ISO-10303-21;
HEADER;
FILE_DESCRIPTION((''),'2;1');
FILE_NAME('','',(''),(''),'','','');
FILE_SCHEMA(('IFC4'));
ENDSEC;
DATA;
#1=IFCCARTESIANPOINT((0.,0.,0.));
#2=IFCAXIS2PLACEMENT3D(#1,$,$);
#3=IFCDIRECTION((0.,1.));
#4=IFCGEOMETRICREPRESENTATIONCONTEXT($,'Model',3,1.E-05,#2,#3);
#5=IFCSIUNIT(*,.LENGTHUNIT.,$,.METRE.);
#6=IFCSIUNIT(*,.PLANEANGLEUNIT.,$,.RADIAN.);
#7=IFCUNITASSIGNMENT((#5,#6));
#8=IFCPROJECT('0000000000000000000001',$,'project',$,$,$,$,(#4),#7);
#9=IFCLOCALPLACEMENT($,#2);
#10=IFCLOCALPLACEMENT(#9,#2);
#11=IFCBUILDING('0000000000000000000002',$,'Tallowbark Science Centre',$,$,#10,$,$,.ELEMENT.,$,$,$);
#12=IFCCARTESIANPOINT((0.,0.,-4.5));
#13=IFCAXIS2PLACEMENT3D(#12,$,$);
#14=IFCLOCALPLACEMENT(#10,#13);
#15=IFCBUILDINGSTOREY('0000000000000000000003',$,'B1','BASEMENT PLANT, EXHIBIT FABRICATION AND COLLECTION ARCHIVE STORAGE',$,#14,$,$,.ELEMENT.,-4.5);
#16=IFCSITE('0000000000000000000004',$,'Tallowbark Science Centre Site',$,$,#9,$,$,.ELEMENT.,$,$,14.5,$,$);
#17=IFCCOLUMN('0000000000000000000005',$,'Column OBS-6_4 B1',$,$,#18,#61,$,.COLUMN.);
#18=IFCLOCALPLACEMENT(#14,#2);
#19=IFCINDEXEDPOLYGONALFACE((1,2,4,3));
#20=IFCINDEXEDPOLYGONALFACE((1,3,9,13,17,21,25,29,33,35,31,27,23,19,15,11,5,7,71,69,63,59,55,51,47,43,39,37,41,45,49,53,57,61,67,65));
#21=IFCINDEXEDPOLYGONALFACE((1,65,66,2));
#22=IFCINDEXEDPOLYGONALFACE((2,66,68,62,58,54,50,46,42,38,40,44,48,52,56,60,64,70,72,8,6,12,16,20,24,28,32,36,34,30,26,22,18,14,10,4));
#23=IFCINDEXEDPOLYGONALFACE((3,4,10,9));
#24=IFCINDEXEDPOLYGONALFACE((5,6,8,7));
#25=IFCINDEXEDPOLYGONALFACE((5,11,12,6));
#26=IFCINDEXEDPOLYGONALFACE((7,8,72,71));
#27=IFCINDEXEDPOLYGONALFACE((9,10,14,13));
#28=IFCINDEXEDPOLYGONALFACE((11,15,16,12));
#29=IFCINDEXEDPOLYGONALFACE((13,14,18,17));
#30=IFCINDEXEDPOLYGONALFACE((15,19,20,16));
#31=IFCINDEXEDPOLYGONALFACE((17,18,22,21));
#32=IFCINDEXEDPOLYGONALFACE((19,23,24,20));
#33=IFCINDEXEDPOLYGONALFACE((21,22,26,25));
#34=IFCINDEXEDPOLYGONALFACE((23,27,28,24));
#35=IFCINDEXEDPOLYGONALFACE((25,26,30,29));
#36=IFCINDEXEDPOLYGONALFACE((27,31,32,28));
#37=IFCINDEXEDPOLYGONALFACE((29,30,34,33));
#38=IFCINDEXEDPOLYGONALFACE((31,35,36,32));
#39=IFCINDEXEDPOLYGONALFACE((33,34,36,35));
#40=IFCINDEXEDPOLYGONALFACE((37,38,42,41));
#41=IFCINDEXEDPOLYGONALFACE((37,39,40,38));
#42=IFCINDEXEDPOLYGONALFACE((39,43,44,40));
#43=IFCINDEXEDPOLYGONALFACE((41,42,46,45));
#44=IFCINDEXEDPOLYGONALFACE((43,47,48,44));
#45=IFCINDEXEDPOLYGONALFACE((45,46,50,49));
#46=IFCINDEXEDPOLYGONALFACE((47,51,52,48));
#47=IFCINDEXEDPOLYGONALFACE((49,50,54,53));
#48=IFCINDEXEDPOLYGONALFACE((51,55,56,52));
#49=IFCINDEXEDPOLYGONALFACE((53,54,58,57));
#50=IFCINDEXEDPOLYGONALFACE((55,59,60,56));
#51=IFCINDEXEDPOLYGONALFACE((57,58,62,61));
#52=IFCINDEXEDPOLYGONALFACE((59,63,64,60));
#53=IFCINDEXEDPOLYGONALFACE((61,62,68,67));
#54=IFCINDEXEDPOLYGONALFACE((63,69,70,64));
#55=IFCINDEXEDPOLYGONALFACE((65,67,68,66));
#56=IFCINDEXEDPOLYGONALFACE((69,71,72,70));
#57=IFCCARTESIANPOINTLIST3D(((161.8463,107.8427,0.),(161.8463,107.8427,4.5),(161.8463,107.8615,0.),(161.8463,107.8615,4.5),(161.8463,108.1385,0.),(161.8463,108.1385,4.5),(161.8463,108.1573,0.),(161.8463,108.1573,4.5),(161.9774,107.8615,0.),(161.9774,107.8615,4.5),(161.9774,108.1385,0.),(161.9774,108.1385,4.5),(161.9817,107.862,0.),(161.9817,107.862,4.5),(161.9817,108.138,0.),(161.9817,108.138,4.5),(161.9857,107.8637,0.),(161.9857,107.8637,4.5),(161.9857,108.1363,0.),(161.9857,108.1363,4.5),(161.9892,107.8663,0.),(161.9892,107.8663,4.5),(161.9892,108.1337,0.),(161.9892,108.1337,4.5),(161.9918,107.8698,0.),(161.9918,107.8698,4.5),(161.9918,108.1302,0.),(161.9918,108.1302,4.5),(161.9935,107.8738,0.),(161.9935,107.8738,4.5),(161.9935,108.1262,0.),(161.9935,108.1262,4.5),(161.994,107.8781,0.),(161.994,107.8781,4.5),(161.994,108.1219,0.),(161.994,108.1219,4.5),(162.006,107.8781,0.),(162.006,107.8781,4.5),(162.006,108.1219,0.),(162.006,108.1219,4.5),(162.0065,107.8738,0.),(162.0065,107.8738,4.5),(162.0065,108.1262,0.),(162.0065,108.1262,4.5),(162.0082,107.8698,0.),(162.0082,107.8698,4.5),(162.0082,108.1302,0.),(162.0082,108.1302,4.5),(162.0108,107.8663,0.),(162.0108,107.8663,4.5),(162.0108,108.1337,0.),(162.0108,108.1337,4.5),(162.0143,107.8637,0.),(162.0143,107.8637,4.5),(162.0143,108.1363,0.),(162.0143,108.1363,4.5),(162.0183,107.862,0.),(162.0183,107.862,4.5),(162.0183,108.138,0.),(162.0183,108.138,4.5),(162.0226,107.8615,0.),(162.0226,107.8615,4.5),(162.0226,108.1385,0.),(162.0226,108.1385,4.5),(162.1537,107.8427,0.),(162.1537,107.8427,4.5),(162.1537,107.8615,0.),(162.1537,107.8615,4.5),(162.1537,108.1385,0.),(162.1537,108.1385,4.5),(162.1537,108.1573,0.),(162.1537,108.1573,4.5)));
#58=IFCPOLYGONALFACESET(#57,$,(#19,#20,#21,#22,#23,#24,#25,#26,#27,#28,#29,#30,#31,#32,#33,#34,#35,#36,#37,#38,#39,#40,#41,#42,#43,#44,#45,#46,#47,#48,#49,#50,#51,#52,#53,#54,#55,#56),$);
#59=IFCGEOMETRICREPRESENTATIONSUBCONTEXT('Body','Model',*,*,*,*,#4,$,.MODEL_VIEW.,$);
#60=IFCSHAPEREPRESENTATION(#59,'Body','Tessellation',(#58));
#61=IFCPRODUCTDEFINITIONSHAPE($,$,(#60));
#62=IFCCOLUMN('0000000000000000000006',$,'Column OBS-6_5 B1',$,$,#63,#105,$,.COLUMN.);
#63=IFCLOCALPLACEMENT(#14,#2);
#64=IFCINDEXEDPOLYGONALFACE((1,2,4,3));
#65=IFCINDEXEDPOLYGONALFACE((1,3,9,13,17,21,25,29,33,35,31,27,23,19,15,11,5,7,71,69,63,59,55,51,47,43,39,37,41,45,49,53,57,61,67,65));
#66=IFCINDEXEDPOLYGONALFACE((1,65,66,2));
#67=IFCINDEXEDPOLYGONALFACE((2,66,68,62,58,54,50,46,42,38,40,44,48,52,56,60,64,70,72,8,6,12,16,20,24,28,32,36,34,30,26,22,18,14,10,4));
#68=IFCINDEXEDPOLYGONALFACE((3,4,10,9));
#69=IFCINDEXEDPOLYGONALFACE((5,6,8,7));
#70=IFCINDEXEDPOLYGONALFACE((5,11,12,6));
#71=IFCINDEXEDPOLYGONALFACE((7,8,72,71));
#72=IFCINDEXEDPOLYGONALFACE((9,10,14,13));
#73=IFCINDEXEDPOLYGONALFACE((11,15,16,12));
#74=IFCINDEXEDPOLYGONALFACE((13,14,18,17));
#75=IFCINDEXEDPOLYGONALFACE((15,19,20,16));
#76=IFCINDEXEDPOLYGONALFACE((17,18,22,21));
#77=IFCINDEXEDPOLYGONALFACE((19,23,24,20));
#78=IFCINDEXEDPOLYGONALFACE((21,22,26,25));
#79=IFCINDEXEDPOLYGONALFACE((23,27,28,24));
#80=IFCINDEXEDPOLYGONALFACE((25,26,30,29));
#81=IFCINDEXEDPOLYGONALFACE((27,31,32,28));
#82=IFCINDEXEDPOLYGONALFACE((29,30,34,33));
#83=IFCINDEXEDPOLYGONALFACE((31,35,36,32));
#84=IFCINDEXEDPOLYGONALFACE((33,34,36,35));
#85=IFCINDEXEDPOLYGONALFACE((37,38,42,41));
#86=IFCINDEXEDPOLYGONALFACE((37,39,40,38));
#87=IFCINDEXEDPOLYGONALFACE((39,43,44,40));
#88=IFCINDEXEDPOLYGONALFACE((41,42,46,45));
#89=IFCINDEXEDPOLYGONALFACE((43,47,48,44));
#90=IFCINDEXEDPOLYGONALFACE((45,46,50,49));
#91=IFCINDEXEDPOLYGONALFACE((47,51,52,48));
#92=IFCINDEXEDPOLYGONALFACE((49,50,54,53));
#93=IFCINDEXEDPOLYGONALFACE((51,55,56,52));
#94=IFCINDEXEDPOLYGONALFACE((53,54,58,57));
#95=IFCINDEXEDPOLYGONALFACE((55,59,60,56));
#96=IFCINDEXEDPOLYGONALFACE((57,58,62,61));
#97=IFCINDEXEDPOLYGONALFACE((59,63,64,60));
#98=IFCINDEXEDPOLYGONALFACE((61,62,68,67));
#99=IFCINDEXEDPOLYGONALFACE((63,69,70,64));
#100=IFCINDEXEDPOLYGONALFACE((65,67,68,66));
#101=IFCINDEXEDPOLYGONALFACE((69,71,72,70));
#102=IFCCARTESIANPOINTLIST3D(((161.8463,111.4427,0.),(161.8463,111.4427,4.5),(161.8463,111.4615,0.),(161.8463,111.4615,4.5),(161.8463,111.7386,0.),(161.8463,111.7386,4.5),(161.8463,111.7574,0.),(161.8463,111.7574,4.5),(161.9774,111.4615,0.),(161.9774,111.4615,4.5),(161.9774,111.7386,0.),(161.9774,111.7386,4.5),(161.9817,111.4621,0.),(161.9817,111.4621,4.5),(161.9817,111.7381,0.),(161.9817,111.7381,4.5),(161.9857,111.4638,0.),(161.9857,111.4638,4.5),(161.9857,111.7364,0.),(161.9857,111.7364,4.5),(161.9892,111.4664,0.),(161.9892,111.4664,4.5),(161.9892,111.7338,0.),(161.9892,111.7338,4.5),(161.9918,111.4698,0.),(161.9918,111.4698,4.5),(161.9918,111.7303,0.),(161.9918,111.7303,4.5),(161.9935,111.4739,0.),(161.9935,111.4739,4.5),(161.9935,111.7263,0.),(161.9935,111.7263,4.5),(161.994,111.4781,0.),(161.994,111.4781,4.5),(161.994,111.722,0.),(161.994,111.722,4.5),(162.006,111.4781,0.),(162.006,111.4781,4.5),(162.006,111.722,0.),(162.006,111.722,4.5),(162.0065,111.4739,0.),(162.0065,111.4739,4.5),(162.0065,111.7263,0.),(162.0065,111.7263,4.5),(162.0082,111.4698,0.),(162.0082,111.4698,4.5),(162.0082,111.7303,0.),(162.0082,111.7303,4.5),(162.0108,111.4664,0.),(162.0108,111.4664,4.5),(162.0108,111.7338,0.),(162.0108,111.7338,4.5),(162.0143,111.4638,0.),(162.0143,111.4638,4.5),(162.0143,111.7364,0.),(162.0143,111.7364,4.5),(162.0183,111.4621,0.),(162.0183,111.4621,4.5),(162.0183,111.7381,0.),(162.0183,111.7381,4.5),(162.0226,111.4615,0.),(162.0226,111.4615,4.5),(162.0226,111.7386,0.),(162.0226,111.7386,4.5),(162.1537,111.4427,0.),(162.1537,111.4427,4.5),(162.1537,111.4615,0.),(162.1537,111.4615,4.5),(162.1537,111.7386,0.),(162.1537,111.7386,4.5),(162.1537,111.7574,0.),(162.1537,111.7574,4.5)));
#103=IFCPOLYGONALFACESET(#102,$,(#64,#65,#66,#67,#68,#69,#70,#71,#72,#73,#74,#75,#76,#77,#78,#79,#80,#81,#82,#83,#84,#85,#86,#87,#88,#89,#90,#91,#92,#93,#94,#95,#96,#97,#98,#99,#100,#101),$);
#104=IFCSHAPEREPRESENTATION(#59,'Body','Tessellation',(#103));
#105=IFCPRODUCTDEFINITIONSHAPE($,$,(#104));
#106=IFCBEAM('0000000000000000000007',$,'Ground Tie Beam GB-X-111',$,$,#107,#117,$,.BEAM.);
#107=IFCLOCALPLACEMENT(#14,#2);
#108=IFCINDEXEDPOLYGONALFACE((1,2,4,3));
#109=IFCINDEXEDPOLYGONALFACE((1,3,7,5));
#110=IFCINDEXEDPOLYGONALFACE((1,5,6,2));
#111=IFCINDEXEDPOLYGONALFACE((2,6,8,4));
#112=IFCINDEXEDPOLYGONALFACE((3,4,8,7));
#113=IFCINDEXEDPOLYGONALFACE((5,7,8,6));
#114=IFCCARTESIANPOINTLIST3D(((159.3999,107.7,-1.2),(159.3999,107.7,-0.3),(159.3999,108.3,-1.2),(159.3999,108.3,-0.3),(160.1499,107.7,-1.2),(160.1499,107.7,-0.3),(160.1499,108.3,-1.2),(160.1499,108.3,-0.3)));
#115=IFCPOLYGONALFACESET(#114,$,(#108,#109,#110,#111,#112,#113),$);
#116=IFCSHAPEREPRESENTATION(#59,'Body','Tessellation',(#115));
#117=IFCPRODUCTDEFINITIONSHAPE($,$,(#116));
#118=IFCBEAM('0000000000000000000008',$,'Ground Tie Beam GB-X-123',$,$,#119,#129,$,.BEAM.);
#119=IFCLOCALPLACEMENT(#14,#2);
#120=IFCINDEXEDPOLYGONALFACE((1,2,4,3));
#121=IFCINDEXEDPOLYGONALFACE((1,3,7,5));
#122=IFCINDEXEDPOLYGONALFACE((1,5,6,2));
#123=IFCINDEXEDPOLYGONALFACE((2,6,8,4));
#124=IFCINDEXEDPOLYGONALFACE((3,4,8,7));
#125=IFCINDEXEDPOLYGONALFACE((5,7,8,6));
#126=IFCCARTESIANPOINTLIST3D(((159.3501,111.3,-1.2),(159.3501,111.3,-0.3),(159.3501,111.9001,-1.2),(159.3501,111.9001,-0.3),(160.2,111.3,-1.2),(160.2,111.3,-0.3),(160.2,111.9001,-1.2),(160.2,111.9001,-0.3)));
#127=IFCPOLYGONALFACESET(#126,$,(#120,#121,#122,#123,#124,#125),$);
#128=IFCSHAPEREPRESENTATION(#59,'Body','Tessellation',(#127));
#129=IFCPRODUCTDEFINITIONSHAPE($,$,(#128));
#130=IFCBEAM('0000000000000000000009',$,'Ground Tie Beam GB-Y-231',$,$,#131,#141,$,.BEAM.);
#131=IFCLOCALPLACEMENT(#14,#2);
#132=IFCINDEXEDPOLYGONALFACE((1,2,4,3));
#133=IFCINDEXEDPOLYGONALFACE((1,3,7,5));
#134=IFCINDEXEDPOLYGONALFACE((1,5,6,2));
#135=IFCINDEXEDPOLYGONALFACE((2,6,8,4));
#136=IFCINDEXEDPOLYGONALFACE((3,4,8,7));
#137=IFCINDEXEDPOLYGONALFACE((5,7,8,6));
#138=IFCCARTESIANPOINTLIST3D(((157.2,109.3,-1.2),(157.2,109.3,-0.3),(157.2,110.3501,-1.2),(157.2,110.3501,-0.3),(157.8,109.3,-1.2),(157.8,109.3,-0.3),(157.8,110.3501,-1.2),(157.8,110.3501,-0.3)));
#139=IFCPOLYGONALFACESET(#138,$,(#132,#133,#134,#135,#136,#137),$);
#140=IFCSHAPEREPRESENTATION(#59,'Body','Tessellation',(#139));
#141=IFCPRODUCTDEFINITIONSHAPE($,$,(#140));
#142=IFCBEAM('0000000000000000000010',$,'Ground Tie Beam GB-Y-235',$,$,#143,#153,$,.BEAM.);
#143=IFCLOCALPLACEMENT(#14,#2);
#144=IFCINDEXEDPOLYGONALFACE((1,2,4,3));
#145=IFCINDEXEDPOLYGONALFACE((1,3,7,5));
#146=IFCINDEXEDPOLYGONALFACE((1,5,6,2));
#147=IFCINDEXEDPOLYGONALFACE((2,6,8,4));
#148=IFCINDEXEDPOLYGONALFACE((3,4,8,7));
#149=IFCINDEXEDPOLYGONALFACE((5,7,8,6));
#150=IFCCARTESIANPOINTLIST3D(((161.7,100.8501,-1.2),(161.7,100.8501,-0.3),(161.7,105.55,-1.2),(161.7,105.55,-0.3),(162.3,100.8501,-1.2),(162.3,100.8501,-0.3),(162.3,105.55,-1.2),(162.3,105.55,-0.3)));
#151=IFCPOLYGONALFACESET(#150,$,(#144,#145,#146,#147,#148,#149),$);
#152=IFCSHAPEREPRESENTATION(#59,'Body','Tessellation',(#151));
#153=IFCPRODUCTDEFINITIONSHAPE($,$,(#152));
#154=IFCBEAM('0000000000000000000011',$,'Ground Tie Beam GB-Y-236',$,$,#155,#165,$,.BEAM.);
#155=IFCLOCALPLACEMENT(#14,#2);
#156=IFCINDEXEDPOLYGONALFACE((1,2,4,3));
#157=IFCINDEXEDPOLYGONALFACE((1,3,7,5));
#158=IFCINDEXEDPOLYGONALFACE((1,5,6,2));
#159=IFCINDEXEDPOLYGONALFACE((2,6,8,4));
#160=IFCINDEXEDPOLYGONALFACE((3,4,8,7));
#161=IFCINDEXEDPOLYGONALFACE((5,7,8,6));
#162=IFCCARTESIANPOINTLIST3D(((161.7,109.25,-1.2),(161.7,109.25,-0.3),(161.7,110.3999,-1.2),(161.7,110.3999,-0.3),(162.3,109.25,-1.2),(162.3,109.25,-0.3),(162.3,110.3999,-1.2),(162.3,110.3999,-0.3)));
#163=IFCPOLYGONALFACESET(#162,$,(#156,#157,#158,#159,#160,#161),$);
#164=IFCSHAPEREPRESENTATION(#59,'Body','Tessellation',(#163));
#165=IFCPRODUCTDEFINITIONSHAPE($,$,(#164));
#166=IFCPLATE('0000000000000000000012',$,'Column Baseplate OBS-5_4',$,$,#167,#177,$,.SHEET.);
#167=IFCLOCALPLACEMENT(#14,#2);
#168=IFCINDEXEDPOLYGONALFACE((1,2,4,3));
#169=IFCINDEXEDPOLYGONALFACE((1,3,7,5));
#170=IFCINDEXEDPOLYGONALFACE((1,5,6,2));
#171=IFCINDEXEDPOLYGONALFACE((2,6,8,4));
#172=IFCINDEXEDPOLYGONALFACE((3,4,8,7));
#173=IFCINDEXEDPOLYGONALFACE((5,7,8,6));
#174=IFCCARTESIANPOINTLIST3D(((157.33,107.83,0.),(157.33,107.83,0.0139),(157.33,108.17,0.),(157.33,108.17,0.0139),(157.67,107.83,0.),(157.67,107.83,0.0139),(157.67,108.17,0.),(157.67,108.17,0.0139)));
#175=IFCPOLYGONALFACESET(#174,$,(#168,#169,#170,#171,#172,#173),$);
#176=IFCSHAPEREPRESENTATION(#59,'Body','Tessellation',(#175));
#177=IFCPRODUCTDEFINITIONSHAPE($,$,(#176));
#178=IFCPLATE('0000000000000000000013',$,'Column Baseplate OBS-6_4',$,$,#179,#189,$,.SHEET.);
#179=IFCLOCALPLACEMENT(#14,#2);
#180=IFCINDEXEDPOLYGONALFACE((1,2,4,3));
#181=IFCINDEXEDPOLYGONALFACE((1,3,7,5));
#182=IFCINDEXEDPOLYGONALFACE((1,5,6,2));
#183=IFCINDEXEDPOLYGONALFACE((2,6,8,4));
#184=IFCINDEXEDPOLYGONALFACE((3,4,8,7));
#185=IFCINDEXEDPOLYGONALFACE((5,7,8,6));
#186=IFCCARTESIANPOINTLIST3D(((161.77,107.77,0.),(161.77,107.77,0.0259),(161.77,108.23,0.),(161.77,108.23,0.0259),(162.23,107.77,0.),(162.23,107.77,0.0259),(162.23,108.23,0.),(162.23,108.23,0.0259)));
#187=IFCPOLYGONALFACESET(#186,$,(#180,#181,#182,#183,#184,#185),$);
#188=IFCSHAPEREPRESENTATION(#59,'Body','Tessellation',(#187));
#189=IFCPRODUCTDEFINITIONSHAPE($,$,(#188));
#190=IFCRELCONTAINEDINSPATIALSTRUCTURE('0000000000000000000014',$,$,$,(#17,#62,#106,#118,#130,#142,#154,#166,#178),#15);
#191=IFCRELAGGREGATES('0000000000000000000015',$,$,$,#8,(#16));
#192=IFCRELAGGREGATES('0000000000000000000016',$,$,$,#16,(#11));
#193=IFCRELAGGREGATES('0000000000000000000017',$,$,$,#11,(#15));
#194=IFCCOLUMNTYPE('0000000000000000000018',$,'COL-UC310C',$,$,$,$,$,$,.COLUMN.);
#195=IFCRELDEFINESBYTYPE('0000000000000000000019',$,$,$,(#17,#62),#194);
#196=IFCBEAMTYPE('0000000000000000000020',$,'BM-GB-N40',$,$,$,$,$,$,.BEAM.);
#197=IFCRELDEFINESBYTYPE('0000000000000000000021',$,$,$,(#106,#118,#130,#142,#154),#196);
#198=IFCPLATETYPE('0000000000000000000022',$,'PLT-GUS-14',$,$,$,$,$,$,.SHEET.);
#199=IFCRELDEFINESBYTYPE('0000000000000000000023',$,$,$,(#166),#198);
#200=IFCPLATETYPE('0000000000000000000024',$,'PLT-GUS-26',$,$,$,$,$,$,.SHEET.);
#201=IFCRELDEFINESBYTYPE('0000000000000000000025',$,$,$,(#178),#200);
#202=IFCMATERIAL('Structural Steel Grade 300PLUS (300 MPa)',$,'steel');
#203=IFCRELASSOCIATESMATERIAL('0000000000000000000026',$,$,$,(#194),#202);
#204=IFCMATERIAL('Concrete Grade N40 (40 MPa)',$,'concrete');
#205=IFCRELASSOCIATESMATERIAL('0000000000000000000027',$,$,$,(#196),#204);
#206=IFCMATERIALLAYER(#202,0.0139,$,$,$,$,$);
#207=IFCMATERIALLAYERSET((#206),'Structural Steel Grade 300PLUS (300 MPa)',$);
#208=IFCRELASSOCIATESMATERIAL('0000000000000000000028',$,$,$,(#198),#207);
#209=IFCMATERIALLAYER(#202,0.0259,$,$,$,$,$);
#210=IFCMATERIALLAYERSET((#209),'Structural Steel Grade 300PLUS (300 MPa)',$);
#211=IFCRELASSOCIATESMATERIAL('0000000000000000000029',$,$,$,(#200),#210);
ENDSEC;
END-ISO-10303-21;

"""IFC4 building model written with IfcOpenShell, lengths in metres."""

from ifc_helpers import new_model, si_unit, direction, frame, origin, origin_2d, place, context, subcontext, project, spatial, rectangle, i_section, extrude, material, layer, layer_set, material_profile, profile_set, type_object, element, save


model = new_model("IFC4")

# Units and contexts
model_context = context("Model", 3, precision=1e-05, world=origin(), true_north=direction((0.0, 1.0)))
body_context = subcontext(model_context, "Body", "Model", "MODEL_VIEW")
ifc_project = project(units=[si_unit("LENGTHUNIT", "METRE"), si_unit("PLANEANGLEUNIT", "RADIAN")], contexts=[model_context])

# Site, building, storey
site_placement = place(None, origin())
site = spatial("IfcSite", under=ifc_project, at=site_placement, Name="Tallowbark Science Centre Site", CompositionType="ELEMENT", RefElevation=14.5)
building_placement = place(site_placement, origin())
building = spatial("IfcBuilding", under=site, at=building_placement, Name="Tallowbark Science Centre", CompositionType="ELEMENT")
storey_placement = place(building_placement, frame((0.0, 0.0, -4.5)))
storey = spatial("IfcBuildingStorey", under=building, at=storey_placement, Name="B1", Description="BASEMENT PLANT, EXHIBIT FABRICATION AND COLLECTION ARCHIVE STORAGE", CompositionType="ELEMENT", Elevation=-4.5)

# Shared definitions
ifc_material_1 = material(Name="Concrete Grade N40 (40 MPa)", Category="concrete")

# Columns
ifc_material_2 = material(Name="Structural Steel Grade 300PLUS (300 MPa)", Category="steel")
ifc_material_profile_1 = material_profile(ifc_material_2, i_section(OverallWidth=0.3074, OverallDepth=0.3147, WebThickness=0.012, FlangeThickness=0.0188, FilletRadius=0.0166, at=origin_2d()), Name="310UC118")
ifc_profile_set_1 = profile_set([ifc_material_profile_1], Name="Structural Steel Grade 300PLUS (300 MPa)")
column_type_1 = type_object("IfcColumnType", Name="COL-UC310C", PredefinedType="COLUMN", material=ifc_profile_set_1)
for number, where, z_axis, x_axis, name in (
    (1, (162.0, 108.0, 0.0), (0.0, 0.0, 1.0), (1.0, 0.0, 0.0), "Column OBS-6_4 B1"),
    (2, (162.0, 111.6001, 0.0), (0.0, 0.0, 1.0), (1.0, 0.0, 0.0), "Column OBS-6_5 B1"),
):
    element("IfcColumn", number, at=place(storey_placement, frame(where, z_axis=z_axis, x_axis=x_axis)), inside=storey, type_object=column_type_1, Name=name, PredefinedType="COLUMN", context=body_context, shape_type="SweptSolid", body=[
        extrude(i_section(OverallWidth=0.3074, OverallDepth=0.3147, WebThickness=0.012, FlangeThickness=0.0188, FilletRadius=0.0166, at=origin_2d()), origin(), (0.0, 0.0, 1.0), 4.5),
    ])

# Beams
ifc_material_profile_2 = material_profile(ifc_material_1, rectangle(XDim=0.6001, YDim=0.8999, at=origin_2d()), Name="RC600x900")
ifc_profile_set_2 = profile_set([ifc_material_profile_2], Name="Concrete Grade N40 (40 MPa)")
beam_type = type_object("IfcBeamType", Name="BM-GB-N40", PredefinedType="BEAM", material=ifc_profile_set_2)
beam_1_placement = place(storey_placement, frame((159.3999, 108.0, -0.75), z_axis=(1.0, 0.0, 0.0), x_axis=(0.0, 1.0, 0.0)))
element("IfcBeam", 3, at=beam_1_placement, inside=storey, type_object=beam_type, Name="Ground Tie Beam GB-X-111", PredefinedType="BEAM", context=body_context, shape_type="SweptSolid", body=[
    extrude(rectangle(XDim=0.6001, YDim=0.8999, at=origin_2d()), origin(), (0.0, 0.0, 1.0), 0.75),
])
beam_2_placement = place(storey_placement, frame((159.3501, 111.6001, -0.75), z_axis=(1.0, 0.0, 0.0), x_axis=(0.0, 1.0, 0.0)))
element("IfcBeam", 4, at=beam_2_placement, inside=storey, type_object=beam_type, Name="Ground Tie Beam GB-X-123", PredefinedType="BEAM", context=body_context, shape_type="SweptSolid", body=[
    extrude(rectangle(XDim=0.6001, YDim=0.8999, at=origin_2d()), origin(), (0.0, 0.0, 1.0), 0.8499),
])
beam_3_placement = place(storey_placement, frame((157.5, 109.3, -0.75), z_axis=(0.0, 1.0, 0.0), x_axis=(-1.0, 0.0, 0.0)))
element("IfcBeam", 5, at=beam_3_placement, inside=storey, type_object=beam_type, Name="Ground Tie Beam GB-Y-231", PredefinedType="BEAM", context=body_context, shape_type="SweptSolid", body=[
    extrude(rectangle(XDim=0.6001, YDim=0.8999, at=origin_2d()), origin(), (0.0, 0.0, 1.0), 1.05),
])
beam_4_placement = place(storey_placement, frame((162.0, 100.8501, -0.75), z_axis=(0.0, 1.0, 0.0), x_axis=(-1.0, 0.0, 0.0)))
element("IfcBeam", 6, at=beam_4_placement, inside=storey, type_object=beam_type, Name="Ground Tie Beam GB-Y-235", PredefinedType="BEAM", context=body_context, shape_type="SweptSolid", body=[
    extrude(rectangle(XDim=0.6001, YDim=0.8999, at=origin_2d()), origin(), (0.0, 0.0, 1.0), 4.7),
])
beam_5_placement = place(storey_placement, frame((162.0, 109.25, -0.75), z_axis=(0.0, 1.0, 0.0), x_axis=(-1.0, 0.0, 0.0)))
element("IfcBeam", 7, at=beam_5_placement, inside=storey, type_object=beam_type, Name="Ground Tie Beam GB-Y-236", PredefinedType="BEAM", context=body_context, shape_type="SweptSolid", body=[
    extrude(rectangle(XDim=0.6001, YDim=0.8999, at=origin_2d()), origin(), (0.0, 0.0, 1.0), 1.1499),
])

# Plates
ifc_layer_1 = layer(ifc_material_2, 0.0139)
ifc_layer_set_1 = layer_set([ifc_layer_1], Name="Structural Steel Grade 300PLUS (300 MPa)")
plate_type_1 = type_object("IfcPlateType", Name="PLT-GUS-14", PredefinedType="SHEET", material=ifc_layer_set_1)
plate_1_placement = place(storey_placement, frame((157.5, 108.0, 0.0), z_axis=(0.0, 0.0, 1.0), x_axis=(1.0, 0.0, 0.0)))
element("IfcPlate", 8, at=plate_1_placement, inside=storey, type_object=plate_type_1, Name="Column Baseplate OBS-5_4", PredefinedType="SHEET", context=body_context, shape_type="SweptSolid", body=[
    extrude(rectangle(XDim=0.3401, YDim=0.3401, at=origin_2d()), origin(), (0.0, 0.0, 1.0), 0.0139),
])
ifc_layer_2 = layer(ifc_material_2, 0.0259)
ifc_layer_set_2 = layer_set([ifc_layer_2], Name="Structural Steel Grade 300PLUS (300 MPa)")
plate_type_2 = type_object("IfcPlateType", Name="PLT-GUS-26", PredefinedType="SHEET", material=ifc_layer_set_2)
plate_2_placement = place(storey_placement, frame((162.0, 108.0, 0.0), z_axis=(0.0, 0.0, 1.0), x_axis=(1.0, 0.0, 0.0)))
element("IfcPlate", 9, at=plate_2_placement, inside=storey, type_object=plate_type_2, Name="Column Baseplate OBS-6_4", PredefinedType="SHEET", context=body_context, shape_type="SweptSolid", body=[
    extrude(rectangle(XDim=0.46, YDim=0.46, at=origin_2d()), origin(), (0.0, 0.0, 1.0), 0.0259),
])

save(model, "model.ifc")
